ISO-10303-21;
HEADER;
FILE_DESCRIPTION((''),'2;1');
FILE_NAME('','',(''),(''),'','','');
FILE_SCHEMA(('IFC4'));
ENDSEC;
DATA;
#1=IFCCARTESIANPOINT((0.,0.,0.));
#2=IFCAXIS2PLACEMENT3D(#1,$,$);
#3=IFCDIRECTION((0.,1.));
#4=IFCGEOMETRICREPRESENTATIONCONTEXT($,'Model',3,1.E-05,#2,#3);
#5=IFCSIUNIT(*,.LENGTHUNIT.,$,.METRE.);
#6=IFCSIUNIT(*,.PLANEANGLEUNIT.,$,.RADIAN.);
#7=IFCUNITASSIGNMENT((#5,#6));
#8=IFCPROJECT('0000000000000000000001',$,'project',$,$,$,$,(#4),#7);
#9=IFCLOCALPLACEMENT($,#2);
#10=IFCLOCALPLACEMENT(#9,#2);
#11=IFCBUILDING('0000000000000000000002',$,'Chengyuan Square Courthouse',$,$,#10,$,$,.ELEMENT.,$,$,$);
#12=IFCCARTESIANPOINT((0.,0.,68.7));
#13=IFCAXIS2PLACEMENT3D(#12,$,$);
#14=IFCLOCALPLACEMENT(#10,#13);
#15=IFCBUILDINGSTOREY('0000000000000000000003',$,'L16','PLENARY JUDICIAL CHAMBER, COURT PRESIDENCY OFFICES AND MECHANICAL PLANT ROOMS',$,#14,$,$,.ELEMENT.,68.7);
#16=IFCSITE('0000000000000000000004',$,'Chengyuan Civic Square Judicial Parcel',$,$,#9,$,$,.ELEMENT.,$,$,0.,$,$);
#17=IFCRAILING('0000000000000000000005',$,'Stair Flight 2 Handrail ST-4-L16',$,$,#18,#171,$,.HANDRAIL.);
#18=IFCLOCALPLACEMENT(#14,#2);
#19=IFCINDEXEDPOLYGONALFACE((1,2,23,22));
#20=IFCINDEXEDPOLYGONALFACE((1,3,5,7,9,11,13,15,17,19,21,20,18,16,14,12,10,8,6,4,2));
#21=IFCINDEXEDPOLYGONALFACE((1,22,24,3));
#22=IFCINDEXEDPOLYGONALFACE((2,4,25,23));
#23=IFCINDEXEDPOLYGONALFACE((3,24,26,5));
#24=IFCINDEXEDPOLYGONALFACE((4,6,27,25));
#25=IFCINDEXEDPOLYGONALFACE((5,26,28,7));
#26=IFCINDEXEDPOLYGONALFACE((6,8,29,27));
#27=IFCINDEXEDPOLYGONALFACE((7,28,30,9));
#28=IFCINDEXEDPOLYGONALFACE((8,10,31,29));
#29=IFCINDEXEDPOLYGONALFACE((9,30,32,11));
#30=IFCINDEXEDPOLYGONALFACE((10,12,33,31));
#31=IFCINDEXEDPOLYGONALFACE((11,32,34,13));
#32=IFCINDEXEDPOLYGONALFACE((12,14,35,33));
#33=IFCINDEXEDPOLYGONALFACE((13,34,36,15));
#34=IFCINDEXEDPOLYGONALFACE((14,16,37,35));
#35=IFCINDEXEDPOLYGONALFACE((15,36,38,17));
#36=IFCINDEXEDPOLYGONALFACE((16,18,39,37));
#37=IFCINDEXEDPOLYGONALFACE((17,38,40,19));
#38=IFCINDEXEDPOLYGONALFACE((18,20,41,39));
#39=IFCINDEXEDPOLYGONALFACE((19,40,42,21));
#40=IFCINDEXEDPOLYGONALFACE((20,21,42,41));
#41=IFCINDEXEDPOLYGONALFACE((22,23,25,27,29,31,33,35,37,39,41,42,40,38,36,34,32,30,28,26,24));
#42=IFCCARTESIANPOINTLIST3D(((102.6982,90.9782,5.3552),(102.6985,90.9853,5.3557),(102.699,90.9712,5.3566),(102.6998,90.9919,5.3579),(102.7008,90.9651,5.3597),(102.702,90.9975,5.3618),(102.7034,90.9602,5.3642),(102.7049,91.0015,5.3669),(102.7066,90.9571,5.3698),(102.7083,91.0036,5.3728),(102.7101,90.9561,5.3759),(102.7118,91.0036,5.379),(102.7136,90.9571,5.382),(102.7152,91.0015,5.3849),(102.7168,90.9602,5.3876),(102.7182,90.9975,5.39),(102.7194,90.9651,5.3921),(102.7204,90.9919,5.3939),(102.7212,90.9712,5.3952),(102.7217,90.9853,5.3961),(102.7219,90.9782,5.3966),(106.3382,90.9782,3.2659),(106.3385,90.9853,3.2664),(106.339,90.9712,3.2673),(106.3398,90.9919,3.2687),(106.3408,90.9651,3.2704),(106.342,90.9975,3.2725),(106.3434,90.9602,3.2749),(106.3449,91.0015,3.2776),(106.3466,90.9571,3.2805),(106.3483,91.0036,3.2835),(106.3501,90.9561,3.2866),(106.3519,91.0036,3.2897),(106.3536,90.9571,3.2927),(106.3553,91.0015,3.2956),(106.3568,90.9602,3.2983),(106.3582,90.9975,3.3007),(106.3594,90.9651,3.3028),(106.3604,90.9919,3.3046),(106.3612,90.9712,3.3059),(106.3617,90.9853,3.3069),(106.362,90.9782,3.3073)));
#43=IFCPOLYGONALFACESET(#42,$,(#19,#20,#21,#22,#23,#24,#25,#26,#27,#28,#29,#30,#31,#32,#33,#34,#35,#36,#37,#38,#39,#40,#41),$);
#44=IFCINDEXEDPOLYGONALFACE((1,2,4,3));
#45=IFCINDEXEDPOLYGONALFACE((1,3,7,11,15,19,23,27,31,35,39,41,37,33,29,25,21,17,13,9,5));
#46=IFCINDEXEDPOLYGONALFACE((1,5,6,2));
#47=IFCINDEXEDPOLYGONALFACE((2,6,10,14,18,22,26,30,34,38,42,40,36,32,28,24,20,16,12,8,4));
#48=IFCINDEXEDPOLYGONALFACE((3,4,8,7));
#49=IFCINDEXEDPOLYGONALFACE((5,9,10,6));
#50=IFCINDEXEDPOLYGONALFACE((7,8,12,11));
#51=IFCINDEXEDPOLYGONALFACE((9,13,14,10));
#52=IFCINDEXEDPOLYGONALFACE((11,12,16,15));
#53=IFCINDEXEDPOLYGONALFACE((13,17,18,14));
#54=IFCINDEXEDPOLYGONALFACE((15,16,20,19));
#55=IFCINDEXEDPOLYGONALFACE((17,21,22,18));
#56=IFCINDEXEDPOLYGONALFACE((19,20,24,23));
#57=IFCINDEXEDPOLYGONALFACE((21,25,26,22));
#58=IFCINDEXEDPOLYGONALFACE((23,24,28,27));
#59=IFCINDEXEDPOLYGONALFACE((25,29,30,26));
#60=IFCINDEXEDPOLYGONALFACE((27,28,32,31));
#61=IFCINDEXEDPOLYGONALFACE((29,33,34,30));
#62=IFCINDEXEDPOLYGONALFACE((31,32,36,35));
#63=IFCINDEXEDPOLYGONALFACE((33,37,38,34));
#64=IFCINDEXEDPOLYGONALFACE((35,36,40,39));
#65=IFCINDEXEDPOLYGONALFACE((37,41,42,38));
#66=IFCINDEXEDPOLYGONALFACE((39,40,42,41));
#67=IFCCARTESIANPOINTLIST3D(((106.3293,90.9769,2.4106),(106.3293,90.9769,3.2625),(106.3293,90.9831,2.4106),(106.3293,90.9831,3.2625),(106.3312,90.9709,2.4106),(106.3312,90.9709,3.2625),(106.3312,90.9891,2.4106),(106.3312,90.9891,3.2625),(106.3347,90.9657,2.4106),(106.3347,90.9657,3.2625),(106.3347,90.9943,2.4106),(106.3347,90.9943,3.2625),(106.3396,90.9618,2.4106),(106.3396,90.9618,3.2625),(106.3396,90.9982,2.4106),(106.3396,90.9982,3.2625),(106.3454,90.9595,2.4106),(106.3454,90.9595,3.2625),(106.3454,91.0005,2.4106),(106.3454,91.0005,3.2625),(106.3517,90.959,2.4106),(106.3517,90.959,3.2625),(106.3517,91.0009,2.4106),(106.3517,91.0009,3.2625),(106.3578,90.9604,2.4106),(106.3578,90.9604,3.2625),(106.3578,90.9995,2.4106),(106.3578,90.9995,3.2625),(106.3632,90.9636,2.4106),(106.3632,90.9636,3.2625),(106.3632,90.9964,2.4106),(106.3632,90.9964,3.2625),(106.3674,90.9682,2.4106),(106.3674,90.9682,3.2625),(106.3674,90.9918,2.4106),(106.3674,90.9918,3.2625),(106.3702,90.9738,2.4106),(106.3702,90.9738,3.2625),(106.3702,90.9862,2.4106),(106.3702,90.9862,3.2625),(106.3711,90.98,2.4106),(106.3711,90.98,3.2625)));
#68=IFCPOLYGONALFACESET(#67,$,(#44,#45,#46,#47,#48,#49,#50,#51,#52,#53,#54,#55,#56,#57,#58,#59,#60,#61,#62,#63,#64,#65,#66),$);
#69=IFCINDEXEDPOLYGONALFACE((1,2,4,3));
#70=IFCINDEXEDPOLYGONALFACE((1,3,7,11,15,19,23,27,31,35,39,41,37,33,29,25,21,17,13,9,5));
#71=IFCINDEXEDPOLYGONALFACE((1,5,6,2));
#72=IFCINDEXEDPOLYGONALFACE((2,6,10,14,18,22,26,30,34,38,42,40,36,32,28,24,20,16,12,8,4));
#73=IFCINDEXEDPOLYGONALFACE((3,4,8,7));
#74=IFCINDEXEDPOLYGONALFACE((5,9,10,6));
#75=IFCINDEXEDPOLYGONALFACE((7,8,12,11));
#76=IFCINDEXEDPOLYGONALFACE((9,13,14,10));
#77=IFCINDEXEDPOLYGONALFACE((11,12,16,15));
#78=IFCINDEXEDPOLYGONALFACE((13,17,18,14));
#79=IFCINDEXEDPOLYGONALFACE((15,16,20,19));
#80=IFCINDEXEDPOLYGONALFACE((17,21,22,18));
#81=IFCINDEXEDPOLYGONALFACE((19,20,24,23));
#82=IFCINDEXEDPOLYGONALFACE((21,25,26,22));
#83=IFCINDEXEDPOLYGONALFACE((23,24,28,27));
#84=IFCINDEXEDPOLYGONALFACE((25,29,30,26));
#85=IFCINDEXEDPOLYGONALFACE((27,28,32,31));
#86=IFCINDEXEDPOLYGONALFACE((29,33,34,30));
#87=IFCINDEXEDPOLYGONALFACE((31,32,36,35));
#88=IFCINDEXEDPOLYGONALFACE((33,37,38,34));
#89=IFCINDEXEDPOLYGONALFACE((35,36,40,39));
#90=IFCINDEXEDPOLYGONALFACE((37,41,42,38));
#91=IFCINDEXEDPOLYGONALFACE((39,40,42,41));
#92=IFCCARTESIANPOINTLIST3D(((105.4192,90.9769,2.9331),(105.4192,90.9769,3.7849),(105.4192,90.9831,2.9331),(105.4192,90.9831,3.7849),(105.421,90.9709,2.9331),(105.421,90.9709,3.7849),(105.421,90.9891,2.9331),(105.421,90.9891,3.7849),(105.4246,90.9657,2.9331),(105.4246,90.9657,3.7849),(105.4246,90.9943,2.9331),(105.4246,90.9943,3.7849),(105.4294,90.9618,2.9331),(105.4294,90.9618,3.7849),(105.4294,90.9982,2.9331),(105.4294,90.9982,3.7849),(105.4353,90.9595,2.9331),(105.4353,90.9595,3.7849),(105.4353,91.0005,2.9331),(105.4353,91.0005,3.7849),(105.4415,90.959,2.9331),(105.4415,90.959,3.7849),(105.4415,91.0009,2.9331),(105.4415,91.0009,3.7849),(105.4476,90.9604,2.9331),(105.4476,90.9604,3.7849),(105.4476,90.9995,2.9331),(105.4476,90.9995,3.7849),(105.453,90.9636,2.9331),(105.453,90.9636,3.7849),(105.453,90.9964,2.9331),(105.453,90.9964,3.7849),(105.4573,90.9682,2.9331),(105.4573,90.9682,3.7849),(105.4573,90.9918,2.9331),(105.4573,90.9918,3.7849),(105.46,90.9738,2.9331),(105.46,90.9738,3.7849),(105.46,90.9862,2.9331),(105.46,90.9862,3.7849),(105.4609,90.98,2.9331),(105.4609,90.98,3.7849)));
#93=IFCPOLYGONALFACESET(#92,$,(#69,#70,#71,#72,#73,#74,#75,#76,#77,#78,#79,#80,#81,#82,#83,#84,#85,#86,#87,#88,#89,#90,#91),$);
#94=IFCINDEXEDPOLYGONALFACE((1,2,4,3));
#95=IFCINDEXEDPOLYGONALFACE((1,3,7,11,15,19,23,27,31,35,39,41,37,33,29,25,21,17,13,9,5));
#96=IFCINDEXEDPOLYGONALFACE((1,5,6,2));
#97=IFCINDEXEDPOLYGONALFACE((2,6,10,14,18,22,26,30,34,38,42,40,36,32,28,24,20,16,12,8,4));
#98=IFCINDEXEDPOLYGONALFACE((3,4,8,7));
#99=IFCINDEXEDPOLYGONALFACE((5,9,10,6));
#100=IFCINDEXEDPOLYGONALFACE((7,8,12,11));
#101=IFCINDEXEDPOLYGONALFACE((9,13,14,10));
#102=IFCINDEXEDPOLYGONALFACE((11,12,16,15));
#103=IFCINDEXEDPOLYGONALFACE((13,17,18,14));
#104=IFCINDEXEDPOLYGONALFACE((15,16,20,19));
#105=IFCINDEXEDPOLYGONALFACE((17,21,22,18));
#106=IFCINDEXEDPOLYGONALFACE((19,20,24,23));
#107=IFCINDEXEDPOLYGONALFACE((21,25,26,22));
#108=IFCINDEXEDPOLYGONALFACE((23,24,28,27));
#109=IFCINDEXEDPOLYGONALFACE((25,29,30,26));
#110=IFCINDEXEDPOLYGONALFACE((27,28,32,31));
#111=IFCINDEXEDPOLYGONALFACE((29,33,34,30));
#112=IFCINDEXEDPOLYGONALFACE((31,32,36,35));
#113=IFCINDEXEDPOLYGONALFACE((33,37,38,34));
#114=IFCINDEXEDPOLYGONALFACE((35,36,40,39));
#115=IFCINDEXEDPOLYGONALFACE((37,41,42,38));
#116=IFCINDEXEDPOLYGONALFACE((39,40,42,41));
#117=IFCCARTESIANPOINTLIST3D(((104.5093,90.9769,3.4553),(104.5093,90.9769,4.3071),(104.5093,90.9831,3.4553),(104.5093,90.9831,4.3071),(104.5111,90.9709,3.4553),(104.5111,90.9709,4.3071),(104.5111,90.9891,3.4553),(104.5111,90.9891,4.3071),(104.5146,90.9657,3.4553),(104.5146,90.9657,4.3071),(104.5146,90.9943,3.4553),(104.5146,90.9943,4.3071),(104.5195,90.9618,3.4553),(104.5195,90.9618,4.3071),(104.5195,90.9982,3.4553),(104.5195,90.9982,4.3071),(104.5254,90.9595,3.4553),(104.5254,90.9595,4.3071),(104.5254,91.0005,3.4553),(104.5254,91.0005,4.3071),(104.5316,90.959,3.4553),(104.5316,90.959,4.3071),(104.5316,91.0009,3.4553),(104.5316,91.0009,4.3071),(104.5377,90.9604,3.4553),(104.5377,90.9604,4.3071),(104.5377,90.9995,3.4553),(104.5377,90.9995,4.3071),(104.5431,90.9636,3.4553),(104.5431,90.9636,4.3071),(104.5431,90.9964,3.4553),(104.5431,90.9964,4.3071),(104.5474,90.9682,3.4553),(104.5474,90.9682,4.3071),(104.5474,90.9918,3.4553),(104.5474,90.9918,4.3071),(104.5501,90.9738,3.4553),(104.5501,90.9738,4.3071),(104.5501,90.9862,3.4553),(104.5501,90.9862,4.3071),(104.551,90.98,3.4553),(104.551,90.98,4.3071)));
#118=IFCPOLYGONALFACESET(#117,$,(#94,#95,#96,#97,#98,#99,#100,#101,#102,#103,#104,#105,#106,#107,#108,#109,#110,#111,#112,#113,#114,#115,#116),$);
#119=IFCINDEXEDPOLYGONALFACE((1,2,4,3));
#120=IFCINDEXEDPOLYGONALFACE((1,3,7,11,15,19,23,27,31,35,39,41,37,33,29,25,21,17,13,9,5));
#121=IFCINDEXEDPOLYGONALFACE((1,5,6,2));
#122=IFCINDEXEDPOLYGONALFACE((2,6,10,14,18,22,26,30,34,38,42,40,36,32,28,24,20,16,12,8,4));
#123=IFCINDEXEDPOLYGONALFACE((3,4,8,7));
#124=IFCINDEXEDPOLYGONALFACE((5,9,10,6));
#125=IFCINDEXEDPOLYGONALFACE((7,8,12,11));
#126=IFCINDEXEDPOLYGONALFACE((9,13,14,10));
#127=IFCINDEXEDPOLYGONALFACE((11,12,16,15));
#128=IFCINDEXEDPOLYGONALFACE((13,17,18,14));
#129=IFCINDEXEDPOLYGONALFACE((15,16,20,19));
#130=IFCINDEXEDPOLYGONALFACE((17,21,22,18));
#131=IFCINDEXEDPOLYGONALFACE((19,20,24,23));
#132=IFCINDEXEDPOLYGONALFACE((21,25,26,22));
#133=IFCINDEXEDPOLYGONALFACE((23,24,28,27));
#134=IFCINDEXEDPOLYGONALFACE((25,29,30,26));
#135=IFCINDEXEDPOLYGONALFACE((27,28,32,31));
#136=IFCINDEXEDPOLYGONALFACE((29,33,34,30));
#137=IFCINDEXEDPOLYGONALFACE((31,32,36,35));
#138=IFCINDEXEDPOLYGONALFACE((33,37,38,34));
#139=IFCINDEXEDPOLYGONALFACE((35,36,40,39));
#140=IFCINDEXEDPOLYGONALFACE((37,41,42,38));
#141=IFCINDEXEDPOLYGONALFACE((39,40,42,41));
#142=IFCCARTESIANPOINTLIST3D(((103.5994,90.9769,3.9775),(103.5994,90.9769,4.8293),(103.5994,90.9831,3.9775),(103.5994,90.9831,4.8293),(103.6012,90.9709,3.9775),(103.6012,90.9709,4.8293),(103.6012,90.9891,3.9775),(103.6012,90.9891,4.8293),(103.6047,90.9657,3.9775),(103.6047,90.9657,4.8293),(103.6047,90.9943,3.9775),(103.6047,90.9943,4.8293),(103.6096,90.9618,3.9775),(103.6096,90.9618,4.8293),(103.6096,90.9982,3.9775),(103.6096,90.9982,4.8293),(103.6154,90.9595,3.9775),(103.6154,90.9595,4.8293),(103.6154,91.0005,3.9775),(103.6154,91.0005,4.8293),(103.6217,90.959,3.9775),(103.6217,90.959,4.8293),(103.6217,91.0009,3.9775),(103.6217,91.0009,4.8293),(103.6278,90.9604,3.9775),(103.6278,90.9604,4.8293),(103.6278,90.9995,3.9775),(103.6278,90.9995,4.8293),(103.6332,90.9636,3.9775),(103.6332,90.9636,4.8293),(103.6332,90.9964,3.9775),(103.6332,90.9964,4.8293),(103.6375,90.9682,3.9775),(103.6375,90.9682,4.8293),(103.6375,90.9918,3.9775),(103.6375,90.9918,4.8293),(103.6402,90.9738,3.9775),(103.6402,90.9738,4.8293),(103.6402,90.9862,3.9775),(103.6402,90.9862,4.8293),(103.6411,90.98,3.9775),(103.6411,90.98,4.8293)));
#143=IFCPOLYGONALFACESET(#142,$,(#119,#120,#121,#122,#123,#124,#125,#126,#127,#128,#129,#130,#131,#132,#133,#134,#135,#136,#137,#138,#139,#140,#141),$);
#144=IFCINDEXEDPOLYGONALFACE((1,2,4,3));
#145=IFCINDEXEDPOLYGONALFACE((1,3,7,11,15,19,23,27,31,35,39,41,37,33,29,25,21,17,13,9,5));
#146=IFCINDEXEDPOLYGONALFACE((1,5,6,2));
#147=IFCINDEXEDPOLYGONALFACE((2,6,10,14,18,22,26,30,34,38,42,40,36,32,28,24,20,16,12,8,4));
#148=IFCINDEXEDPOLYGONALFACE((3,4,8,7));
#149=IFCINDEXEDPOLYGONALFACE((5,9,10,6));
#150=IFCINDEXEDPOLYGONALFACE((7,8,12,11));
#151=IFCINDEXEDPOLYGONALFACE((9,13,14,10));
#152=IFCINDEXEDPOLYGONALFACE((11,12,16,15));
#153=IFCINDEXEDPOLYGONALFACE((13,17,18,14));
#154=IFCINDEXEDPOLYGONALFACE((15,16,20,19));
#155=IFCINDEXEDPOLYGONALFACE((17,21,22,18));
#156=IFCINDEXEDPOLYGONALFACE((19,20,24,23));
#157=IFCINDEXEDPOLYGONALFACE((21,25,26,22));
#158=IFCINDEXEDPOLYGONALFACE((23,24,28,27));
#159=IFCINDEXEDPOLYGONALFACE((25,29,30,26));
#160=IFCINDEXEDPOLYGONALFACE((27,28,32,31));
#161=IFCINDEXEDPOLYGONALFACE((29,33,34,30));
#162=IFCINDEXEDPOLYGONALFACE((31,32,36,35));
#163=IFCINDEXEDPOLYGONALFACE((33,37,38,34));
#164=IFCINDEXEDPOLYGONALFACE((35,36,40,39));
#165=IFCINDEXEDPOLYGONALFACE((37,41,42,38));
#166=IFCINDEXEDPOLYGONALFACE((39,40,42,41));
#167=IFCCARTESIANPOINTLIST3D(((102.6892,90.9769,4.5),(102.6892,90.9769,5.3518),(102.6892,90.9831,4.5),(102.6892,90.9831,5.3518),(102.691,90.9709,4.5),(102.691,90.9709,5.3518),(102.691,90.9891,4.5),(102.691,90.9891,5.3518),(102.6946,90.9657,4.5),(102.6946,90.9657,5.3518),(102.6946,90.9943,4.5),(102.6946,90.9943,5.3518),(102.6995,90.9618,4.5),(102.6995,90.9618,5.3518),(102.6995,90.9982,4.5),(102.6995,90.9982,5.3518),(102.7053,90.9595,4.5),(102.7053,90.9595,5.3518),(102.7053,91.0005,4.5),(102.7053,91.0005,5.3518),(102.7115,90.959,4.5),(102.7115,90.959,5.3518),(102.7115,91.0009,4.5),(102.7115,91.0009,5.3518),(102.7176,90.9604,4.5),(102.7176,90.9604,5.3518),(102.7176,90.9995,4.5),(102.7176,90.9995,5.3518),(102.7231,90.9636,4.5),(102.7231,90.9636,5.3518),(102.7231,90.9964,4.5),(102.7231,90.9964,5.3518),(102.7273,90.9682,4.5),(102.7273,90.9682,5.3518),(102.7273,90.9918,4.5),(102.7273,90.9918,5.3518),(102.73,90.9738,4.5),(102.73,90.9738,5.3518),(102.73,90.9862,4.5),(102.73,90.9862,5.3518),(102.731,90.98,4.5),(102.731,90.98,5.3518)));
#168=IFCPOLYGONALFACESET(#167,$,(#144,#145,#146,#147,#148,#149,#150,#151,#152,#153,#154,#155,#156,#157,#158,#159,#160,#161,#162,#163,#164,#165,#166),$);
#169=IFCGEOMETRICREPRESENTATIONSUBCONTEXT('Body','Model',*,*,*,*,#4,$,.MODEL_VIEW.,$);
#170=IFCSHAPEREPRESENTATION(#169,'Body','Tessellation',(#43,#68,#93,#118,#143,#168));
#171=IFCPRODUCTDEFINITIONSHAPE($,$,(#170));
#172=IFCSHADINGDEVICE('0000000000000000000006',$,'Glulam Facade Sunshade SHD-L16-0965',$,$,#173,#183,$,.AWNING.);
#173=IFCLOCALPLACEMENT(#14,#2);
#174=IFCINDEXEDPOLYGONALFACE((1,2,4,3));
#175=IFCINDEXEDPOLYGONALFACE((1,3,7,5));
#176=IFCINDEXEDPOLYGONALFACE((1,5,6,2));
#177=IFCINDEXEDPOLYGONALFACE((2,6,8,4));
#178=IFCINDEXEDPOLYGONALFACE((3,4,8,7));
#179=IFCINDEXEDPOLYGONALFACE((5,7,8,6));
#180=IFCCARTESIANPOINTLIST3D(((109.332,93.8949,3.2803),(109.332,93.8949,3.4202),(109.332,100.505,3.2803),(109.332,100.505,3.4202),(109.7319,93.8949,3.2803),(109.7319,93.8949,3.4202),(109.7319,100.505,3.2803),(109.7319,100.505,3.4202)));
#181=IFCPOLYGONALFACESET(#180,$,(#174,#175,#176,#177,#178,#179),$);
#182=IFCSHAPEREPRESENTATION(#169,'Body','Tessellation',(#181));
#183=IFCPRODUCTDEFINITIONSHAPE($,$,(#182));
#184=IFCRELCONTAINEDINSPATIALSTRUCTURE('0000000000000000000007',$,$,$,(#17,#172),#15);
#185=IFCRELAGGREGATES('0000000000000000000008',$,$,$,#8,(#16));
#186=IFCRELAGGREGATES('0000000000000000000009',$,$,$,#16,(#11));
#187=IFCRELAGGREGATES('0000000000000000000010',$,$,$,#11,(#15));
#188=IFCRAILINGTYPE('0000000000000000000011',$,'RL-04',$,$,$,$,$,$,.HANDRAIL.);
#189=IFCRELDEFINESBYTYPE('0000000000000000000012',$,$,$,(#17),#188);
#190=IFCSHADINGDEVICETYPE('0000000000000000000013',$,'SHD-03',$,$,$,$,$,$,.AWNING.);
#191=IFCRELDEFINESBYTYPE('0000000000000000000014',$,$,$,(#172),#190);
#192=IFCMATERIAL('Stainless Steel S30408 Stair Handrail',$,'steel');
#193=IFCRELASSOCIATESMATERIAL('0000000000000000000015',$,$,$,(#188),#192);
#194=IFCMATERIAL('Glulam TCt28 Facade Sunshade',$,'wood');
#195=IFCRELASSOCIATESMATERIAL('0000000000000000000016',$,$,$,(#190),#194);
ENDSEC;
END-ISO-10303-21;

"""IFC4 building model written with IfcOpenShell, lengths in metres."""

from ifc_helpers import new_model, si_unit, direction, frame, origin, origin_2d, place, context, subcontext, project, spatial, rectangle, circle, extrude, material, type_object, element, save


model = new_model("IFC4")

# Units and contexts
model_context = context("Model", 3, precision=1e-05, world=origin(), true_north=direction((0.0, 1.0)))
body_context = subcontext(model_context, "Body", "Model", "MODEL_VIEW")
ifc_project = project(units=[si_unit("LENGTHUNIT", "METRE"), si_unit("PLANEANGLEUNIT", "RADIAN")], contexts=[model_context])

# Site, building, storey
site_placement = place(None, origin())
site = spatial("IfcSite", under=ifc_project, at=site_placement, Name="Chengyuan Civic Square Judicial Parcel", CompositionType="ELEMENT", RefElevation=0.0)
building_placement = place(site_placement, origin())
building = spatial("IfcBuilding", under=site, at=building_placement, Name="Chengyuan Square Courthouse", CompositionType="ELEMENT")
storey_placement = place(building_placement, frame((0.0, 0.0, 68.7)))
storey = spatial("IfcBuildingStorey", under=building, at=storey_placement, Name="L16", Description="PLENARY JUDICIAL CHAMBER, COURT PRESIDENCY OFFICES AND MECHANICAL PLANT ROOMS", CompositionType="ELEMENT", Elevation=68.7)

# Railing
ifc_material_1 = material(Name="Stainless Steel S30408 Stair Handrail", Category="steel")
railing_type_1 = type_object("IfcRailingType", Name="RL-04", PredefinedType="HANDRAIL", material=ifc_material_1)
railing_1_placement = place(storey_placement, frame((106.3501, 90.98, 2.4106)))
element("IfcRailing", 1, at=railing_1_placement, inside=storey, type_object=railing_type_1, Name="Stair Flight 2 Handrail ST-4-L16", PredefinedType="HANDRAIL", context=body_context, shape_type="SweptSolid", body=[
    extrude(circle(Radius=0.0239, at=origin_2d()), frame((0.0, 0.0, 0.876), z_axis=(-0.867289, 0.0, 0.497804), x_axis=(0.0, -1.0, 0.0)), (0.0, 0.0, 1.0), 4.197),
    extrude(circle(Radius=0.021, at=origin_2d()), origin(), (0.0, 0.0, 1.0), 0.8518),
    extrude(circle(Radius=0.021, at=origin_2d()), frame((-0.9102, 0.0, 0.5225)), (0.0, 0.0, 1.0), 0.8518),
    extrude(circle(Radius=0.021, at=origin_2d()), frame((-1.8201, 0.0, 1.0447)), (0.0, 0.0, 1.0), 0.8518),
    extrude(circle(Radius=0.021, at=origin_2d()), frame((-2.73, 0.0, 1.5669)), (0.0, 0.0, 1.0), 0.8518),
    extrude(circle(Radius=0.021, at=origin_2d()), frame((-3.6401, 0.0, 2.0894)), (0.0, 0.0, 1.0), 0.8518),
])

# Shading device
ifc_material_2 = material(Name="Glulam TCt28 Facade Sunshade", Category="wood")
shading_device_type = type_object("IfcShadingDeviceType", Name="SHD-03", PredefinedType="AWNING", material=ifc_material_2)
shading_device_placement = place(storey_placement, frame((109.532, 97.2, 3.2803), z_axis=(0.0, 0.0, 1.0), x_axis=(0.0, 1.0, 0.0)))
element("IfcShadingDevice", 2, at=shading_device_placement, inside=storey, type_object=shading_device_type, Name="Glulam Facade Sunshade SHD-L16-0965", PredefinedType="AWNING", context=body_context, shape_type="SweptSolid", body=[
    extrude(rectangle(XDim=6.6101, YDim=0.3999, at=origin_2d()), origin(), (0.0, 0.0, 1.0), 0.1399),
])

save(model, "model.ifc")
